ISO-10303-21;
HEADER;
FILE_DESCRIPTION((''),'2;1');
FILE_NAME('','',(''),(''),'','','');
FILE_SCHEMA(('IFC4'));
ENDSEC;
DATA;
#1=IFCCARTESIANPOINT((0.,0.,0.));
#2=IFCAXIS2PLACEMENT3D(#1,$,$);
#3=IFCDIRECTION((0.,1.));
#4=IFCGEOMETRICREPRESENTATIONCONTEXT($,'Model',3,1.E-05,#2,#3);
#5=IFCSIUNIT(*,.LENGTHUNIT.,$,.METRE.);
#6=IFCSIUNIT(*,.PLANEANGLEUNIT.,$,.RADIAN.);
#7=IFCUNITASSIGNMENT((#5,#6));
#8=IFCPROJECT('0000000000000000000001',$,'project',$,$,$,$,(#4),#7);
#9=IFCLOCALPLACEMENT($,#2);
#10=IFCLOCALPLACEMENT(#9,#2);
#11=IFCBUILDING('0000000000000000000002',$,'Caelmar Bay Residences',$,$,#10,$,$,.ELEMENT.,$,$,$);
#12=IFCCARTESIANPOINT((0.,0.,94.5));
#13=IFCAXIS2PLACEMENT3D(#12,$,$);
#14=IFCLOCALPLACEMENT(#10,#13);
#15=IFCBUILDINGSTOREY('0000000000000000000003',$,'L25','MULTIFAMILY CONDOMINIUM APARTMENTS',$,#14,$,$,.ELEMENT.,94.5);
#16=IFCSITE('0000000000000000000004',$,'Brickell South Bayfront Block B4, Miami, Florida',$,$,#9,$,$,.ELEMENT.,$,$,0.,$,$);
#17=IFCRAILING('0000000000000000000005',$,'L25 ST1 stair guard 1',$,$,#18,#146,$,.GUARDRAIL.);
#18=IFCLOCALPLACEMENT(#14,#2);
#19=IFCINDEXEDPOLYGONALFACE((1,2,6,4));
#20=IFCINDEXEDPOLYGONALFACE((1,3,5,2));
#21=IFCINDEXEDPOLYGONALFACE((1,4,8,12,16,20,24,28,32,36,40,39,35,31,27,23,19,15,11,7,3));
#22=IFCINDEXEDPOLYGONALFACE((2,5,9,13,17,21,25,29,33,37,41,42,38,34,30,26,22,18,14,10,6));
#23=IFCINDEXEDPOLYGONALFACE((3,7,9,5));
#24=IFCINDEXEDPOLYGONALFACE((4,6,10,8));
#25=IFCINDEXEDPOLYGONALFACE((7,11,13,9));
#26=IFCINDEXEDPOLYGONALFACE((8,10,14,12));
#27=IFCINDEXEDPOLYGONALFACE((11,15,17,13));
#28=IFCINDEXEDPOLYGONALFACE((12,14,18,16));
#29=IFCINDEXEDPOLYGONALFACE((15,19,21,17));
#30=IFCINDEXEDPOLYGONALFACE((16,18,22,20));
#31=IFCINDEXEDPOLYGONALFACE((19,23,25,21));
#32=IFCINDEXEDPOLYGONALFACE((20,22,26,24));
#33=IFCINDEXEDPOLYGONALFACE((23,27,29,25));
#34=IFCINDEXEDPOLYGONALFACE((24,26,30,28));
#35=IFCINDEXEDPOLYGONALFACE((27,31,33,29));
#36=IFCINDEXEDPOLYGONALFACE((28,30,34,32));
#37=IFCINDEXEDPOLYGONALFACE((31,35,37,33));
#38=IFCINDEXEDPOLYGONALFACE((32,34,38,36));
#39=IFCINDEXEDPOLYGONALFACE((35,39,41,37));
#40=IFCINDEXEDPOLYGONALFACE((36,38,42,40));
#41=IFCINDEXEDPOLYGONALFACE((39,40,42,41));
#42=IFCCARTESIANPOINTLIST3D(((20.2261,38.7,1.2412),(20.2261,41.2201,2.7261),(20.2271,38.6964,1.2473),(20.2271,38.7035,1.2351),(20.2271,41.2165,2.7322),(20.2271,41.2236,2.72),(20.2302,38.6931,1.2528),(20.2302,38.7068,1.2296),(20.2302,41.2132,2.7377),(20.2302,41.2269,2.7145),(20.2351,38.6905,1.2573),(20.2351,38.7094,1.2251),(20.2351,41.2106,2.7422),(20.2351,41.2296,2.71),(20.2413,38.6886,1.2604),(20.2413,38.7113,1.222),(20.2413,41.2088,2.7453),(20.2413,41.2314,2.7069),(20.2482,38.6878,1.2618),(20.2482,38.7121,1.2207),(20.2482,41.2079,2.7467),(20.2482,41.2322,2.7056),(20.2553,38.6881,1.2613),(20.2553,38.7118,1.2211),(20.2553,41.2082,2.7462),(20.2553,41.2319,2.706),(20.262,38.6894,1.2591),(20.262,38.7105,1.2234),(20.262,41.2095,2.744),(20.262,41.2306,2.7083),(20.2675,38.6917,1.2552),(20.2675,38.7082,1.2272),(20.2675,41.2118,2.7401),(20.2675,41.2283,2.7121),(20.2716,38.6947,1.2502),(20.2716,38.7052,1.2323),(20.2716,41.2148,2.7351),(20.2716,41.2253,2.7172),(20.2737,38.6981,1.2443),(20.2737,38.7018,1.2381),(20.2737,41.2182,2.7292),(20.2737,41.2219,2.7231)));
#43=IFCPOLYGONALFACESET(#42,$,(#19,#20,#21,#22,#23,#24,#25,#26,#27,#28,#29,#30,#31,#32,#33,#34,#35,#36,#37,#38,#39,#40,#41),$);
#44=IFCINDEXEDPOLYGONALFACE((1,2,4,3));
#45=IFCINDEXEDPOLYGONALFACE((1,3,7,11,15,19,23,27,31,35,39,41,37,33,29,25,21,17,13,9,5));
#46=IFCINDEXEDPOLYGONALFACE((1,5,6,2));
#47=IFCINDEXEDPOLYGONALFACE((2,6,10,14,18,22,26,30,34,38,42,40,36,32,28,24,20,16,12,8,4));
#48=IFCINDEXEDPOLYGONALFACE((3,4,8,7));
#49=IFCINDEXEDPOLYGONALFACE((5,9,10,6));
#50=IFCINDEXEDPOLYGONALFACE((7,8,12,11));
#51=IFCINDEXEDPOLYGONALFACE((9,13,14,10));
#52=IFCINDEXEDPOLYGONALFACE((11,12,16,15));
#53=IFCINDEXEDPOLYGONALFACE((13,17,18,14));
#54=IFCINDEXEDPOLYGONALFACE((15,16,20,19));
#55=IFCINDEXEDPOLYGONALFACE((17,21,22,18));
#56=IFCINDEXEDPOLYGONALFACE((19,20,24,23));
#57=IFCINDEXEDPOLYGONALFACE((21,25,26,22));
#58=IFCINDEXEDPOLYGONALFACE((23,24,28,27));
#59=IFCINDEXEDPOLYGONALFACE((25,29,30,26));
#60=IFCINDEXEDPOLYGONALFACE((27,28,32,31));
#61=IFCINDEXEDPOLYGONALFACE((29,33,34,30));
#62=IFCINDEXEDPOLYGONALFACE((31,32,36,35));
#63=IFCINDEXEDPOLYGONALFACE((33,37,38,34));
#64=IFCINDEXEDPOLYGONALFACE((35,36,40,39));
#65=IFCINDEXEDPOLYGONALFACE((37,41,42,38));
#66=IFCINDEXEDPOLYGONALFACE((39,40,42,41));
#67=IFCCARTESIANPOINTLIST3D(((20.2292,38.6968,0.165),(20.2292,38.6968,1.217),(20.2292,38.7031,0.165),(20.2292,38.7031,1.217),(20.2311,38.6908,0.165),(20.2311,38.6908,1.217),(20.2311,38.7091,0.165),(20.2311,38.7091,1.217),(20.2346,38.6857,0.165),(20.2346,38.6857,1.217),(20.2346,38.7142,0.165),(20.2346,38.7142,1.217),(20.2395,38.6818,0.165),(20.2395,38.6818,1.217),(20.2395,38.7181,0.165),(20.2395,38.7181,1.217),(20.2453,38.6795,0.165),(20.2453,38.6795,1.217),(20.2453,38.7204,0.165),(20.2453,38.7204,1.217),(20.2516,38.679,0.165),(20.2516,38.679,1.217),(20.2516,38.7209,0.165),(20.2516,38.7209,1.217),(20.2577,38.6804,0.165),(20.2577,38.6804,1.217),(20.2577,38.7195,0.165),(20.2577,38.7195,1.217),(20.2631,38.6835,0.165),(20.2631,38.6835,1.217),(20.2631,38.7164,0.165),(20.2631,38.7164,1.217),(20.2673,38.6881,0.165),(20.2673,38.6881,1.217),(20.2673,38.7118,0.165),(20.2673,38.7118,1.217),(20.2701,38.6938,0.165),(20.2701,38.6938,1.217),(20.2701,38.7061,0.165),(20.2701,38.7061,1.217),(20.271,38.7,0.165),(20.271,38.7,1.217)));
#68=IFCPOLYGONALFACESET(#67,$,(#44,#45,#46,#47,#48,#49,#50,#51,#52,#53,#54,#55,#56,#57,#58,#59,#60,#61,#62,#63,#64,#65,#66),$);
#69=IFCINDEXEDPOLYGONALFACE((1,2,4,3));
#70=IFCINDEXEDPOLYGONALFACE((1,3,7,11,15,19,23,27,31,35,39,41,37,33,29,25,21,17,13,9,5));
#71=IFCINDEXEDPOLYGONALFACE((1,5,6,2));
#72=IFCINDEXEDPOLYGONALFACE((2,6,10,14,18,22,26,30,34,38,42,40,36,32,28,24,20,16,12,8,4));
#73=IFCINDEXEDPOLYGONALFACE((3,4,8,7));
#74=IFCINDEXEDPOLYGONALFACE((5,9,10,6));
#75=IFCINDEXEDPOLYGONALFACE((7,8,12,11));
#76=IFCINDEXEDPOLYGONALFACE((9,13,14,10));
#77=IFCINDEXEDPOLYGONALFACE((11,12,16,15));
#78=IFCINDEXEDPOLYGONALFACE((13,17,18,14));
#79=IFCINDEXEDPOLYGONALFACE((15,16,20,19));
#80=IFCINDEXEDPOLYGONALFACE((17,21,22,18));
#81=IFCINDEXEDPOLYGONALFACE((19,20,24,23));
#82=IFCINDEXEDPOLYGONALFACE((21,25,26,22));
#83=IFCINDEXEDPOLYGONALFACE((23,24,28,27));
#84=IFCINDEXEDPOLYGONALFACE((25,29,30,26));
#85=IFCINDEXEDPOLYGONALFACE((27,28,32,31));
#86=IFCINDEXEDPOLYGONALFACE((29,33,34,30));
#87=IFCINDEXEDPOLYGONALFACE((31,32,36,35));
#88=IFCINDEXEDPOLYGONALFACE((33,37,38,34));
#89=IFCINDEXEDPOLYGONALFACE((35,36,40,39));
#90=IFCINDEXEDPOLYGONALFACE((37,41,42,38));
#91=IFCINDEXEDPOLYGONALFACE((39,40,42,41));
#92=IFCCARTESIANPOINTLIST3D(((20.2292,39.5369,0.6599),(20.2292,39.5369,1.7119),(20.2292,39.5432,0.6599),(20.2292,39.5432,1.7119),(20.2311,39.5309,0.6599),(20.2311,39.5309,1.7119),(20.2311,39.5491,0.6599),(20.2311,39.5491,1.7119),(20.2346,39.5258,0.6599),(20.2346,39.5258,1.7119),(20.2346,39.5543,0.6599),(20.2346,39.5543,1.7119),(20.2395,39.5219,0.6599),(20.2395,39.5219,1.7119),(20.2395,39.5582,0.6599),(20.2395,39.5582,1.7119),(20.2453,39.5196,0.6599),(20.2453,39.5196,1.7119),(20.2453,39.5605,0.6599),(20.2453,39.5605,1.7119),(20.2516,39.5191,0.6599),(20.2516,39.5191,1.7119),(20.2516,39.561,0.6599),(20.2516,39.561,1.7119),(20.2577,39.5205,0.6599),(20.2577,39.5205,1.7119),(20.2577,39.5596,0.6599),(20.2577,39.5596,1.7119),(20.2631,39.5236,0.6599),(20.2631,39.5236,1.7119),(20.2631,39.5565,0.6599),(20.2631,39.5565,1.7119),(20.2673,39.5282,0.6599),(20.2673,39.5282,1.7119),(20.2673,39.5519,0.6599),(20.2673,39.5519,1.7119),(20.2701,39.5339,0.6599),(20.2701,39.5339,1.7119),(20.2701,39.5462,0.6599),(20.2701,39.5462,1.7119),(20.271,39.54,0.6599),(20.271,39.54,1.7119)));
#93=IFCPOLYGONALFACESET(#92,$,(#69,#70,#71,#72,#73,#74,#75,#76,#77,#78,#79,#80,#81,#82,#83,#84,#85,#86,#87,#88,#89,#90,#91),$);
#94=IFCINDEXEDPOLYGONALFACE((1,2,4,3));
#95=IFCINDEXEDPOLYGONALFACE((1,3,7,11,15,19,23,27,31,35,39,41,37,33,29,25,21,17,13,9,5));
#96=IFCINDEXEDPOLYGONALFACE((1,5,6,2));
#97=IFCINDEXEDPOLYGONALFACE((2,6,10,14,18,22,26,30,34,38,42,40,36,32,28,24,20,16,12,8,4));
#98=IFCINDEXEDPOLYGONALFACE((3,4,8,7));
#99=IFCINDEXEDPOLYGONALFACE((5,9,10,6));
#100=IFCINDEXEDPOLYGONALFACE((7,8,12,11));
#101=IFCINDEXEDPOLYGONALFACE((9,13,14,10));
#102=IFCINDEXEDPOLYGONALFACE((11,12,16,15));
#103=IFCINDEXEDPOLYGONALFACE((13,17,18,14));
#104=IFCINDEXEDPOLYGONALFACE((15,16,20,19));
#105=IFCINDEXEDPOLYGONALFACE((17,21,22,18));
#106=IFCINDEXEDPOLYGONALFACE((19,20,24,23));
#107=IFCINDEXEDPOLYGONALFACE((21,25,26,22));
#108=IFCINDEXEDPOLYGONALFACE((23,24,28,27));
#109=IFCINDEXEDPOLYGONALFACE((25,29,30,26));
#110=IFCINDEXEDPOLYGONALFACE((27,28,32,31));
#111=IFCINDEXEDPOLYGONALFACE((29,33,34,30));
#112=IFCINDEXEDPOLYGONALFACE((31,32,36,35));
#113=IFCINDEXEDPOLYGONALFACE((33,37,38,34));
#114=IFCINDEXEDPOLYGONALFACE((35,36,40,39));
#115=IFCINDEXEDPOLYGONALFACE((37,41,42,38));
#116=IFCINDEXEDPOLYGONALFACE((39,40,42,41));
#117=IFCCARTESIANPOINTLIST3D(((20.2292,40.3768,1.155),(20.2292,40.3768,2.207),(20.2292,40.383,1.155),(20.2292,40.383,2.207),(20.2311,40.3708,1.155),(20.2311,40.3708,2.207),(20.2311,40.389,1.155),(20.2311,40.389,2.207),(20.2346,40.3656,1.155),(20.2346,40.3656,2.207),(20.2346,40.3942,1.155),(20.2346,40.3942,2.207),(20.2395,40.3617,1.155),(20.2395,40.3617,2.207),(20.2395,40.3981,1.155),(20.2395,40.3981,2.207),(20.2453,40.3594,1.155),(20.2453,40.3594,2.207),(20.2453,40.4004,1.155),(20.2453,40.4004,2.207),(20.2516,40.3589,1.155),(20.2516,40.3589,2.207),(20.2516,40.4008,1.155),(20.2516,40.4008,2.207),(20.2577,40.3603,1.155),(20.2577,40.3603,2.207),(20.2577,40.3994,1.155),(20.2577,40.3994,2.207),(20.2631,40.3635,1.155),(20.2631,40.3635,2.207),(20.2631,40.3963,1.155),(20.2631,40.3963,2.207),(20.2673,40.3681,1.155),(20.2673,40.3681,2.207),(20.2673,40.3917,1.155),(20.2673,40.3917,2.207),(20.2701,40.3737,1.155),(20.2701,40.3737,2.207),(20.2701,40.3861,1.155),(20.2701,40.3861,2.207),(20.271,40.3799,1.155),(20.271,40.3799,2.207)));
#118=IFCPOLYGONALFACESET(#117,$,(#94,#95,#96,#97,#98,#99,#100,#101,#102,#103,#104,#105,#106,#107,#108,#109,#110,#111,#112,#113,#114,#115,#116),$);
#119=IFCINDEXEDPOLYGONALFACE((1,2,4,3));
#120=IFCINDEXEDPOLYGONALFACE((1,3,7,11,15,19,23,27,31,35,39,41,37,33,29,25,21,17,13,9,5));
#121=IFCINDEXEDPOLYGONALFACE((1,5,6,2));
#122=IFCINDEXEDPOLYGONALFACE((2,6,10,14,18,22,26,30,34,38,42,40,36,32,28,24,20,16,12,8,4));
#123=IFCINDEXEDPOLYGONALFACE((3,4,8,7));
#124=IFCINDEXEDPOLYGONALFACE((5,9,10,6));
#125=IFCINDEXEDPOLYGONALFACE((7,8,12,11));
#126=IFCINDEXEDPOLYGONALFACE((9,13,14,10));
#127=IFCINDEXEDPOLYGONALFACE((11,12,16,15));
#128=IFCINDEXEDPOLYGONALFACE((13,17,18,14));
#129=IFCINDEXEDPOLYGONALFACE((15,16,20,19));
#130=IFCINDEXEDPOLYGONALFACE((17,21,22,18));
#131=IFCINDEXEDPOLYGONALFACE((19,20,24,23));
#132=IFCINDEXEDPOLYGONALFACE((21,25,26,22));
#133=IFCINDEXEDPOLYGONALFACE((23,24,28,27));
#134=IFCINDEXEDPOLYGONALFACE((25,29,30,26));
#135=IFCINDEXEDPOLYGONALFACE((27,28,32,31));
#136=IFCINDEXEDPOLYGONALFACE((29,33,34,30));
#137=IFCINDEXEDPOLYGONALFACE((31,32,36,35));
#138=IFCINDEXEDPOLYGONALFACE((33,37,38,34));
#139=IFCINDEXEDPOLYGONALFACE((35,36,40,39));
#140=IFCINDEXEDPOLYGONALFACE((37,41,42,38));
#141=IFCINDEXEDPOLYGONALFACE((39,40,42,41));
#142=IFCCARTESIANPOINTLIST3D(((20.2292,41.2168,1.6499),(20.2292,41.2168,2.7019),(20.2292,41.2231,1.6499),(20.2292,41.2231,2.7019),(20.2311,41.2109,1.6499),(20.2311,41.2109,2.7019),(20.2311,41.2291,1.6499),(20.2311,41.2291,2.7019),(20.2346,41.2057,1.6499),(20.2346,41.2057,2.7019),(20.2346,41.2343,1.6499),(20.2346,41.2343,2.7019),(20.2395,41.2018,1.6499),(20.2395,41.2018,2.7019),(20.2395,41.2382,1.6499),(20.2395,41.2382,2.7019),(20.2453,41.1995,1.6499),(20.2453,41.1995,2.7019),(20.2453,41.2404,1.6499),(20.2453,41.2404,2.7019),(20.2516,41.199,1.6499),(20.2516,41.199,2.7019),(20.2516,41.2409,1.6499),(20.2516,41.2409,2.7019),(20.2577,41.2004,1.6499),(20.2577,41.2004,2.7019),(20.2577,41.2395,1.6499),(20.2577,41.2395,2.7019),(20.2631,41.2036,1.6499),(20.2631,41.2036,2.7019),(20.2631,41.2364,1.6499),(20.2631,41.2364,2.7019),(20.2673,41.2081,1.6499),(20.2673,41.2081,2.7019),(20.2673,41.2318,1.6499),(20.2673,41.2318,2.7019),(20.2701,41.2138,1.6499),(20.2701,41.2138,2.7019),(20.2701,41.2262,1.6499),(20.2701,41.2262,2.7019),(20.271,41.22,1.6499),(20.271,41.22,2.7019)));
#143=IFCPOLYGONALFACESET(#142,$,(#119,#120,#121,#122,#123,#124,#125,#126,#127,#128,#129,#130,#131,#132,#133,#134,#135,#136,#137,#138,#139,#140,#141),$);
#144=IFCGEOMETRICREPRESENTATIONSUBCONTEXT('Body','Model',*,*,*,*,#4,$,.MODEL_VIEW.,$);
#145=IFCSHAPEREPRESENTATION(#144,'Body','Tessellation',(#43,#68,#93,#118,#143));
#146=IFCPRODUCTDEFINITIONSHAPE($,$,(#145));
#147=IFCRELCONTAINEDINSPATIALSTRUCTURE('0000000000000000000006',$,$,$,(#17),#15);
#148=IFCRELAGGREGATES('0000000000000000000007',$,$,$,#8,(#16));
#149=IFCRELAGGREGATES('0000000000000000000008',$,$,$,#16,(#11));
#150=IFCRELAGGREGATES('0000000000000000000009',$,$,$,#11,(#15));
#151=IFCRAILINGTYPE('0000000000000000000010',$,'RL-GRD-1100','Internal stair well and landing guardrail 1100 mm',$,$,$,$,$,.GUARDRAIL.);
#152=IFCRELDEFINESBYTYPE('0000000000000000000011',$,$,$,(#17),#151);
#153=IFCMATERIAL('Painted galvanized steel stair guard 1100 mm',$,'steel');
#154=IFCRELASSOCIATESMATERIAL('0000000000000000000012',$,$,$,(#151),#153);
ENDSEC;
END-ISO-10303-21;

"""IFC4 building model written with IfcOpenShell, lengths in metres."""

from ifc_helpers import new_model, si_unit, direction, frame, origin, origin_2d, place, context, subcontext, project, spatial, circle, extrude, material, type_object, element, save


model = new_model("IFC4")

# Units and contexts
model_context = context("Model", 3, precision=1e-05, world=origin(), true_north=direction((0.0, 1.0)))
body_context = subcontext(model_context, "Body", "Model", "MODEL_VIEW")
ifc_project = project(units=[si_unit("LENGTHUNIT", "METRE"), si_unit("PLANEANGLEUNIT", "RADIAN")], contexts=[model_context])

# Site, building, storey
site_placement = place(None, origin())
site = spatial("IfcSite", under=ifc_project, at=site_placement, Name="Brickell South Bayfront Block B4, Miami, Florida", CompositionType="ELEMENT", RefElevation=0.0)
building_placement = place(site_placement, origin())
building = spatial("IfcBuilding", under=site, at=building_placement, Name="Caelmar Bay Residences", CompositionType="ELEMENT")
storey_placement = place(building_placement, frame((0.0, 0.0, 94.5)))
storey = spatial("IfcBuildingStorey", under=building, at=storey_placement, Name="L25", Description="MULTIFAMILY CONDOMINIUM APARTMENTS", CompositionType="ELEMENT", Elevation=94.5)

# Railing
ifc_material_1 = material(Name="Painted galvanized steel stair guard 1100 mm", Category="steel")
railing_type_1 = type_object("IfcRailingType", Name="RL-GRD-1100", Description="Internal stair well and landing guardrail 1100 mm", PredefinedType="GUARDRAIL", material=ifc_material_1)
railing_1_placement = place(storey_placement, frame((20.25, 38.7, 0.165)))
element("IfcRailing", 1, at=railing_1_placement, inside=storey, type_object=railing_type_1, Name="L25 ST1 stair guard 1", PredefinedType="GUARDRAIL", context=body_context, shape_type="SweptSolid", body=[
    extrude(circle(Radius=0.0239, at=origin_2d()), frame((0.0, 0.0, 1.0762), z_axis=(0.0, 0.861561, 0.507655), x_axis=(-1.0, 0.0, 0.0)), (0.0, 0.0, 1.0), 2.925),
    extrude(circle(Radius=0.021, at=origin_2d()), origin(), (0.0, 0.0, 1.0), 1.052),
    extrude(circle(Radius=0.021, at=origin_2d()), frame((0.0, 0.8401, 0.4949)), (0.0, 0.0, 1.0), 1.052),
    extrude(circle(Radius=0.021, at=origin_2d()), frame((0.0, 1.6799, 0.99)), (0.0, 0.0, 1.0), 1.052),
    extrude(circle(Radius=0.021, at=origin_2d()), frame((0.0, 2.52, 1.4849)), (0.0, 0.0, 1.0), 1.052),
])

save(model, "model.ifc")
